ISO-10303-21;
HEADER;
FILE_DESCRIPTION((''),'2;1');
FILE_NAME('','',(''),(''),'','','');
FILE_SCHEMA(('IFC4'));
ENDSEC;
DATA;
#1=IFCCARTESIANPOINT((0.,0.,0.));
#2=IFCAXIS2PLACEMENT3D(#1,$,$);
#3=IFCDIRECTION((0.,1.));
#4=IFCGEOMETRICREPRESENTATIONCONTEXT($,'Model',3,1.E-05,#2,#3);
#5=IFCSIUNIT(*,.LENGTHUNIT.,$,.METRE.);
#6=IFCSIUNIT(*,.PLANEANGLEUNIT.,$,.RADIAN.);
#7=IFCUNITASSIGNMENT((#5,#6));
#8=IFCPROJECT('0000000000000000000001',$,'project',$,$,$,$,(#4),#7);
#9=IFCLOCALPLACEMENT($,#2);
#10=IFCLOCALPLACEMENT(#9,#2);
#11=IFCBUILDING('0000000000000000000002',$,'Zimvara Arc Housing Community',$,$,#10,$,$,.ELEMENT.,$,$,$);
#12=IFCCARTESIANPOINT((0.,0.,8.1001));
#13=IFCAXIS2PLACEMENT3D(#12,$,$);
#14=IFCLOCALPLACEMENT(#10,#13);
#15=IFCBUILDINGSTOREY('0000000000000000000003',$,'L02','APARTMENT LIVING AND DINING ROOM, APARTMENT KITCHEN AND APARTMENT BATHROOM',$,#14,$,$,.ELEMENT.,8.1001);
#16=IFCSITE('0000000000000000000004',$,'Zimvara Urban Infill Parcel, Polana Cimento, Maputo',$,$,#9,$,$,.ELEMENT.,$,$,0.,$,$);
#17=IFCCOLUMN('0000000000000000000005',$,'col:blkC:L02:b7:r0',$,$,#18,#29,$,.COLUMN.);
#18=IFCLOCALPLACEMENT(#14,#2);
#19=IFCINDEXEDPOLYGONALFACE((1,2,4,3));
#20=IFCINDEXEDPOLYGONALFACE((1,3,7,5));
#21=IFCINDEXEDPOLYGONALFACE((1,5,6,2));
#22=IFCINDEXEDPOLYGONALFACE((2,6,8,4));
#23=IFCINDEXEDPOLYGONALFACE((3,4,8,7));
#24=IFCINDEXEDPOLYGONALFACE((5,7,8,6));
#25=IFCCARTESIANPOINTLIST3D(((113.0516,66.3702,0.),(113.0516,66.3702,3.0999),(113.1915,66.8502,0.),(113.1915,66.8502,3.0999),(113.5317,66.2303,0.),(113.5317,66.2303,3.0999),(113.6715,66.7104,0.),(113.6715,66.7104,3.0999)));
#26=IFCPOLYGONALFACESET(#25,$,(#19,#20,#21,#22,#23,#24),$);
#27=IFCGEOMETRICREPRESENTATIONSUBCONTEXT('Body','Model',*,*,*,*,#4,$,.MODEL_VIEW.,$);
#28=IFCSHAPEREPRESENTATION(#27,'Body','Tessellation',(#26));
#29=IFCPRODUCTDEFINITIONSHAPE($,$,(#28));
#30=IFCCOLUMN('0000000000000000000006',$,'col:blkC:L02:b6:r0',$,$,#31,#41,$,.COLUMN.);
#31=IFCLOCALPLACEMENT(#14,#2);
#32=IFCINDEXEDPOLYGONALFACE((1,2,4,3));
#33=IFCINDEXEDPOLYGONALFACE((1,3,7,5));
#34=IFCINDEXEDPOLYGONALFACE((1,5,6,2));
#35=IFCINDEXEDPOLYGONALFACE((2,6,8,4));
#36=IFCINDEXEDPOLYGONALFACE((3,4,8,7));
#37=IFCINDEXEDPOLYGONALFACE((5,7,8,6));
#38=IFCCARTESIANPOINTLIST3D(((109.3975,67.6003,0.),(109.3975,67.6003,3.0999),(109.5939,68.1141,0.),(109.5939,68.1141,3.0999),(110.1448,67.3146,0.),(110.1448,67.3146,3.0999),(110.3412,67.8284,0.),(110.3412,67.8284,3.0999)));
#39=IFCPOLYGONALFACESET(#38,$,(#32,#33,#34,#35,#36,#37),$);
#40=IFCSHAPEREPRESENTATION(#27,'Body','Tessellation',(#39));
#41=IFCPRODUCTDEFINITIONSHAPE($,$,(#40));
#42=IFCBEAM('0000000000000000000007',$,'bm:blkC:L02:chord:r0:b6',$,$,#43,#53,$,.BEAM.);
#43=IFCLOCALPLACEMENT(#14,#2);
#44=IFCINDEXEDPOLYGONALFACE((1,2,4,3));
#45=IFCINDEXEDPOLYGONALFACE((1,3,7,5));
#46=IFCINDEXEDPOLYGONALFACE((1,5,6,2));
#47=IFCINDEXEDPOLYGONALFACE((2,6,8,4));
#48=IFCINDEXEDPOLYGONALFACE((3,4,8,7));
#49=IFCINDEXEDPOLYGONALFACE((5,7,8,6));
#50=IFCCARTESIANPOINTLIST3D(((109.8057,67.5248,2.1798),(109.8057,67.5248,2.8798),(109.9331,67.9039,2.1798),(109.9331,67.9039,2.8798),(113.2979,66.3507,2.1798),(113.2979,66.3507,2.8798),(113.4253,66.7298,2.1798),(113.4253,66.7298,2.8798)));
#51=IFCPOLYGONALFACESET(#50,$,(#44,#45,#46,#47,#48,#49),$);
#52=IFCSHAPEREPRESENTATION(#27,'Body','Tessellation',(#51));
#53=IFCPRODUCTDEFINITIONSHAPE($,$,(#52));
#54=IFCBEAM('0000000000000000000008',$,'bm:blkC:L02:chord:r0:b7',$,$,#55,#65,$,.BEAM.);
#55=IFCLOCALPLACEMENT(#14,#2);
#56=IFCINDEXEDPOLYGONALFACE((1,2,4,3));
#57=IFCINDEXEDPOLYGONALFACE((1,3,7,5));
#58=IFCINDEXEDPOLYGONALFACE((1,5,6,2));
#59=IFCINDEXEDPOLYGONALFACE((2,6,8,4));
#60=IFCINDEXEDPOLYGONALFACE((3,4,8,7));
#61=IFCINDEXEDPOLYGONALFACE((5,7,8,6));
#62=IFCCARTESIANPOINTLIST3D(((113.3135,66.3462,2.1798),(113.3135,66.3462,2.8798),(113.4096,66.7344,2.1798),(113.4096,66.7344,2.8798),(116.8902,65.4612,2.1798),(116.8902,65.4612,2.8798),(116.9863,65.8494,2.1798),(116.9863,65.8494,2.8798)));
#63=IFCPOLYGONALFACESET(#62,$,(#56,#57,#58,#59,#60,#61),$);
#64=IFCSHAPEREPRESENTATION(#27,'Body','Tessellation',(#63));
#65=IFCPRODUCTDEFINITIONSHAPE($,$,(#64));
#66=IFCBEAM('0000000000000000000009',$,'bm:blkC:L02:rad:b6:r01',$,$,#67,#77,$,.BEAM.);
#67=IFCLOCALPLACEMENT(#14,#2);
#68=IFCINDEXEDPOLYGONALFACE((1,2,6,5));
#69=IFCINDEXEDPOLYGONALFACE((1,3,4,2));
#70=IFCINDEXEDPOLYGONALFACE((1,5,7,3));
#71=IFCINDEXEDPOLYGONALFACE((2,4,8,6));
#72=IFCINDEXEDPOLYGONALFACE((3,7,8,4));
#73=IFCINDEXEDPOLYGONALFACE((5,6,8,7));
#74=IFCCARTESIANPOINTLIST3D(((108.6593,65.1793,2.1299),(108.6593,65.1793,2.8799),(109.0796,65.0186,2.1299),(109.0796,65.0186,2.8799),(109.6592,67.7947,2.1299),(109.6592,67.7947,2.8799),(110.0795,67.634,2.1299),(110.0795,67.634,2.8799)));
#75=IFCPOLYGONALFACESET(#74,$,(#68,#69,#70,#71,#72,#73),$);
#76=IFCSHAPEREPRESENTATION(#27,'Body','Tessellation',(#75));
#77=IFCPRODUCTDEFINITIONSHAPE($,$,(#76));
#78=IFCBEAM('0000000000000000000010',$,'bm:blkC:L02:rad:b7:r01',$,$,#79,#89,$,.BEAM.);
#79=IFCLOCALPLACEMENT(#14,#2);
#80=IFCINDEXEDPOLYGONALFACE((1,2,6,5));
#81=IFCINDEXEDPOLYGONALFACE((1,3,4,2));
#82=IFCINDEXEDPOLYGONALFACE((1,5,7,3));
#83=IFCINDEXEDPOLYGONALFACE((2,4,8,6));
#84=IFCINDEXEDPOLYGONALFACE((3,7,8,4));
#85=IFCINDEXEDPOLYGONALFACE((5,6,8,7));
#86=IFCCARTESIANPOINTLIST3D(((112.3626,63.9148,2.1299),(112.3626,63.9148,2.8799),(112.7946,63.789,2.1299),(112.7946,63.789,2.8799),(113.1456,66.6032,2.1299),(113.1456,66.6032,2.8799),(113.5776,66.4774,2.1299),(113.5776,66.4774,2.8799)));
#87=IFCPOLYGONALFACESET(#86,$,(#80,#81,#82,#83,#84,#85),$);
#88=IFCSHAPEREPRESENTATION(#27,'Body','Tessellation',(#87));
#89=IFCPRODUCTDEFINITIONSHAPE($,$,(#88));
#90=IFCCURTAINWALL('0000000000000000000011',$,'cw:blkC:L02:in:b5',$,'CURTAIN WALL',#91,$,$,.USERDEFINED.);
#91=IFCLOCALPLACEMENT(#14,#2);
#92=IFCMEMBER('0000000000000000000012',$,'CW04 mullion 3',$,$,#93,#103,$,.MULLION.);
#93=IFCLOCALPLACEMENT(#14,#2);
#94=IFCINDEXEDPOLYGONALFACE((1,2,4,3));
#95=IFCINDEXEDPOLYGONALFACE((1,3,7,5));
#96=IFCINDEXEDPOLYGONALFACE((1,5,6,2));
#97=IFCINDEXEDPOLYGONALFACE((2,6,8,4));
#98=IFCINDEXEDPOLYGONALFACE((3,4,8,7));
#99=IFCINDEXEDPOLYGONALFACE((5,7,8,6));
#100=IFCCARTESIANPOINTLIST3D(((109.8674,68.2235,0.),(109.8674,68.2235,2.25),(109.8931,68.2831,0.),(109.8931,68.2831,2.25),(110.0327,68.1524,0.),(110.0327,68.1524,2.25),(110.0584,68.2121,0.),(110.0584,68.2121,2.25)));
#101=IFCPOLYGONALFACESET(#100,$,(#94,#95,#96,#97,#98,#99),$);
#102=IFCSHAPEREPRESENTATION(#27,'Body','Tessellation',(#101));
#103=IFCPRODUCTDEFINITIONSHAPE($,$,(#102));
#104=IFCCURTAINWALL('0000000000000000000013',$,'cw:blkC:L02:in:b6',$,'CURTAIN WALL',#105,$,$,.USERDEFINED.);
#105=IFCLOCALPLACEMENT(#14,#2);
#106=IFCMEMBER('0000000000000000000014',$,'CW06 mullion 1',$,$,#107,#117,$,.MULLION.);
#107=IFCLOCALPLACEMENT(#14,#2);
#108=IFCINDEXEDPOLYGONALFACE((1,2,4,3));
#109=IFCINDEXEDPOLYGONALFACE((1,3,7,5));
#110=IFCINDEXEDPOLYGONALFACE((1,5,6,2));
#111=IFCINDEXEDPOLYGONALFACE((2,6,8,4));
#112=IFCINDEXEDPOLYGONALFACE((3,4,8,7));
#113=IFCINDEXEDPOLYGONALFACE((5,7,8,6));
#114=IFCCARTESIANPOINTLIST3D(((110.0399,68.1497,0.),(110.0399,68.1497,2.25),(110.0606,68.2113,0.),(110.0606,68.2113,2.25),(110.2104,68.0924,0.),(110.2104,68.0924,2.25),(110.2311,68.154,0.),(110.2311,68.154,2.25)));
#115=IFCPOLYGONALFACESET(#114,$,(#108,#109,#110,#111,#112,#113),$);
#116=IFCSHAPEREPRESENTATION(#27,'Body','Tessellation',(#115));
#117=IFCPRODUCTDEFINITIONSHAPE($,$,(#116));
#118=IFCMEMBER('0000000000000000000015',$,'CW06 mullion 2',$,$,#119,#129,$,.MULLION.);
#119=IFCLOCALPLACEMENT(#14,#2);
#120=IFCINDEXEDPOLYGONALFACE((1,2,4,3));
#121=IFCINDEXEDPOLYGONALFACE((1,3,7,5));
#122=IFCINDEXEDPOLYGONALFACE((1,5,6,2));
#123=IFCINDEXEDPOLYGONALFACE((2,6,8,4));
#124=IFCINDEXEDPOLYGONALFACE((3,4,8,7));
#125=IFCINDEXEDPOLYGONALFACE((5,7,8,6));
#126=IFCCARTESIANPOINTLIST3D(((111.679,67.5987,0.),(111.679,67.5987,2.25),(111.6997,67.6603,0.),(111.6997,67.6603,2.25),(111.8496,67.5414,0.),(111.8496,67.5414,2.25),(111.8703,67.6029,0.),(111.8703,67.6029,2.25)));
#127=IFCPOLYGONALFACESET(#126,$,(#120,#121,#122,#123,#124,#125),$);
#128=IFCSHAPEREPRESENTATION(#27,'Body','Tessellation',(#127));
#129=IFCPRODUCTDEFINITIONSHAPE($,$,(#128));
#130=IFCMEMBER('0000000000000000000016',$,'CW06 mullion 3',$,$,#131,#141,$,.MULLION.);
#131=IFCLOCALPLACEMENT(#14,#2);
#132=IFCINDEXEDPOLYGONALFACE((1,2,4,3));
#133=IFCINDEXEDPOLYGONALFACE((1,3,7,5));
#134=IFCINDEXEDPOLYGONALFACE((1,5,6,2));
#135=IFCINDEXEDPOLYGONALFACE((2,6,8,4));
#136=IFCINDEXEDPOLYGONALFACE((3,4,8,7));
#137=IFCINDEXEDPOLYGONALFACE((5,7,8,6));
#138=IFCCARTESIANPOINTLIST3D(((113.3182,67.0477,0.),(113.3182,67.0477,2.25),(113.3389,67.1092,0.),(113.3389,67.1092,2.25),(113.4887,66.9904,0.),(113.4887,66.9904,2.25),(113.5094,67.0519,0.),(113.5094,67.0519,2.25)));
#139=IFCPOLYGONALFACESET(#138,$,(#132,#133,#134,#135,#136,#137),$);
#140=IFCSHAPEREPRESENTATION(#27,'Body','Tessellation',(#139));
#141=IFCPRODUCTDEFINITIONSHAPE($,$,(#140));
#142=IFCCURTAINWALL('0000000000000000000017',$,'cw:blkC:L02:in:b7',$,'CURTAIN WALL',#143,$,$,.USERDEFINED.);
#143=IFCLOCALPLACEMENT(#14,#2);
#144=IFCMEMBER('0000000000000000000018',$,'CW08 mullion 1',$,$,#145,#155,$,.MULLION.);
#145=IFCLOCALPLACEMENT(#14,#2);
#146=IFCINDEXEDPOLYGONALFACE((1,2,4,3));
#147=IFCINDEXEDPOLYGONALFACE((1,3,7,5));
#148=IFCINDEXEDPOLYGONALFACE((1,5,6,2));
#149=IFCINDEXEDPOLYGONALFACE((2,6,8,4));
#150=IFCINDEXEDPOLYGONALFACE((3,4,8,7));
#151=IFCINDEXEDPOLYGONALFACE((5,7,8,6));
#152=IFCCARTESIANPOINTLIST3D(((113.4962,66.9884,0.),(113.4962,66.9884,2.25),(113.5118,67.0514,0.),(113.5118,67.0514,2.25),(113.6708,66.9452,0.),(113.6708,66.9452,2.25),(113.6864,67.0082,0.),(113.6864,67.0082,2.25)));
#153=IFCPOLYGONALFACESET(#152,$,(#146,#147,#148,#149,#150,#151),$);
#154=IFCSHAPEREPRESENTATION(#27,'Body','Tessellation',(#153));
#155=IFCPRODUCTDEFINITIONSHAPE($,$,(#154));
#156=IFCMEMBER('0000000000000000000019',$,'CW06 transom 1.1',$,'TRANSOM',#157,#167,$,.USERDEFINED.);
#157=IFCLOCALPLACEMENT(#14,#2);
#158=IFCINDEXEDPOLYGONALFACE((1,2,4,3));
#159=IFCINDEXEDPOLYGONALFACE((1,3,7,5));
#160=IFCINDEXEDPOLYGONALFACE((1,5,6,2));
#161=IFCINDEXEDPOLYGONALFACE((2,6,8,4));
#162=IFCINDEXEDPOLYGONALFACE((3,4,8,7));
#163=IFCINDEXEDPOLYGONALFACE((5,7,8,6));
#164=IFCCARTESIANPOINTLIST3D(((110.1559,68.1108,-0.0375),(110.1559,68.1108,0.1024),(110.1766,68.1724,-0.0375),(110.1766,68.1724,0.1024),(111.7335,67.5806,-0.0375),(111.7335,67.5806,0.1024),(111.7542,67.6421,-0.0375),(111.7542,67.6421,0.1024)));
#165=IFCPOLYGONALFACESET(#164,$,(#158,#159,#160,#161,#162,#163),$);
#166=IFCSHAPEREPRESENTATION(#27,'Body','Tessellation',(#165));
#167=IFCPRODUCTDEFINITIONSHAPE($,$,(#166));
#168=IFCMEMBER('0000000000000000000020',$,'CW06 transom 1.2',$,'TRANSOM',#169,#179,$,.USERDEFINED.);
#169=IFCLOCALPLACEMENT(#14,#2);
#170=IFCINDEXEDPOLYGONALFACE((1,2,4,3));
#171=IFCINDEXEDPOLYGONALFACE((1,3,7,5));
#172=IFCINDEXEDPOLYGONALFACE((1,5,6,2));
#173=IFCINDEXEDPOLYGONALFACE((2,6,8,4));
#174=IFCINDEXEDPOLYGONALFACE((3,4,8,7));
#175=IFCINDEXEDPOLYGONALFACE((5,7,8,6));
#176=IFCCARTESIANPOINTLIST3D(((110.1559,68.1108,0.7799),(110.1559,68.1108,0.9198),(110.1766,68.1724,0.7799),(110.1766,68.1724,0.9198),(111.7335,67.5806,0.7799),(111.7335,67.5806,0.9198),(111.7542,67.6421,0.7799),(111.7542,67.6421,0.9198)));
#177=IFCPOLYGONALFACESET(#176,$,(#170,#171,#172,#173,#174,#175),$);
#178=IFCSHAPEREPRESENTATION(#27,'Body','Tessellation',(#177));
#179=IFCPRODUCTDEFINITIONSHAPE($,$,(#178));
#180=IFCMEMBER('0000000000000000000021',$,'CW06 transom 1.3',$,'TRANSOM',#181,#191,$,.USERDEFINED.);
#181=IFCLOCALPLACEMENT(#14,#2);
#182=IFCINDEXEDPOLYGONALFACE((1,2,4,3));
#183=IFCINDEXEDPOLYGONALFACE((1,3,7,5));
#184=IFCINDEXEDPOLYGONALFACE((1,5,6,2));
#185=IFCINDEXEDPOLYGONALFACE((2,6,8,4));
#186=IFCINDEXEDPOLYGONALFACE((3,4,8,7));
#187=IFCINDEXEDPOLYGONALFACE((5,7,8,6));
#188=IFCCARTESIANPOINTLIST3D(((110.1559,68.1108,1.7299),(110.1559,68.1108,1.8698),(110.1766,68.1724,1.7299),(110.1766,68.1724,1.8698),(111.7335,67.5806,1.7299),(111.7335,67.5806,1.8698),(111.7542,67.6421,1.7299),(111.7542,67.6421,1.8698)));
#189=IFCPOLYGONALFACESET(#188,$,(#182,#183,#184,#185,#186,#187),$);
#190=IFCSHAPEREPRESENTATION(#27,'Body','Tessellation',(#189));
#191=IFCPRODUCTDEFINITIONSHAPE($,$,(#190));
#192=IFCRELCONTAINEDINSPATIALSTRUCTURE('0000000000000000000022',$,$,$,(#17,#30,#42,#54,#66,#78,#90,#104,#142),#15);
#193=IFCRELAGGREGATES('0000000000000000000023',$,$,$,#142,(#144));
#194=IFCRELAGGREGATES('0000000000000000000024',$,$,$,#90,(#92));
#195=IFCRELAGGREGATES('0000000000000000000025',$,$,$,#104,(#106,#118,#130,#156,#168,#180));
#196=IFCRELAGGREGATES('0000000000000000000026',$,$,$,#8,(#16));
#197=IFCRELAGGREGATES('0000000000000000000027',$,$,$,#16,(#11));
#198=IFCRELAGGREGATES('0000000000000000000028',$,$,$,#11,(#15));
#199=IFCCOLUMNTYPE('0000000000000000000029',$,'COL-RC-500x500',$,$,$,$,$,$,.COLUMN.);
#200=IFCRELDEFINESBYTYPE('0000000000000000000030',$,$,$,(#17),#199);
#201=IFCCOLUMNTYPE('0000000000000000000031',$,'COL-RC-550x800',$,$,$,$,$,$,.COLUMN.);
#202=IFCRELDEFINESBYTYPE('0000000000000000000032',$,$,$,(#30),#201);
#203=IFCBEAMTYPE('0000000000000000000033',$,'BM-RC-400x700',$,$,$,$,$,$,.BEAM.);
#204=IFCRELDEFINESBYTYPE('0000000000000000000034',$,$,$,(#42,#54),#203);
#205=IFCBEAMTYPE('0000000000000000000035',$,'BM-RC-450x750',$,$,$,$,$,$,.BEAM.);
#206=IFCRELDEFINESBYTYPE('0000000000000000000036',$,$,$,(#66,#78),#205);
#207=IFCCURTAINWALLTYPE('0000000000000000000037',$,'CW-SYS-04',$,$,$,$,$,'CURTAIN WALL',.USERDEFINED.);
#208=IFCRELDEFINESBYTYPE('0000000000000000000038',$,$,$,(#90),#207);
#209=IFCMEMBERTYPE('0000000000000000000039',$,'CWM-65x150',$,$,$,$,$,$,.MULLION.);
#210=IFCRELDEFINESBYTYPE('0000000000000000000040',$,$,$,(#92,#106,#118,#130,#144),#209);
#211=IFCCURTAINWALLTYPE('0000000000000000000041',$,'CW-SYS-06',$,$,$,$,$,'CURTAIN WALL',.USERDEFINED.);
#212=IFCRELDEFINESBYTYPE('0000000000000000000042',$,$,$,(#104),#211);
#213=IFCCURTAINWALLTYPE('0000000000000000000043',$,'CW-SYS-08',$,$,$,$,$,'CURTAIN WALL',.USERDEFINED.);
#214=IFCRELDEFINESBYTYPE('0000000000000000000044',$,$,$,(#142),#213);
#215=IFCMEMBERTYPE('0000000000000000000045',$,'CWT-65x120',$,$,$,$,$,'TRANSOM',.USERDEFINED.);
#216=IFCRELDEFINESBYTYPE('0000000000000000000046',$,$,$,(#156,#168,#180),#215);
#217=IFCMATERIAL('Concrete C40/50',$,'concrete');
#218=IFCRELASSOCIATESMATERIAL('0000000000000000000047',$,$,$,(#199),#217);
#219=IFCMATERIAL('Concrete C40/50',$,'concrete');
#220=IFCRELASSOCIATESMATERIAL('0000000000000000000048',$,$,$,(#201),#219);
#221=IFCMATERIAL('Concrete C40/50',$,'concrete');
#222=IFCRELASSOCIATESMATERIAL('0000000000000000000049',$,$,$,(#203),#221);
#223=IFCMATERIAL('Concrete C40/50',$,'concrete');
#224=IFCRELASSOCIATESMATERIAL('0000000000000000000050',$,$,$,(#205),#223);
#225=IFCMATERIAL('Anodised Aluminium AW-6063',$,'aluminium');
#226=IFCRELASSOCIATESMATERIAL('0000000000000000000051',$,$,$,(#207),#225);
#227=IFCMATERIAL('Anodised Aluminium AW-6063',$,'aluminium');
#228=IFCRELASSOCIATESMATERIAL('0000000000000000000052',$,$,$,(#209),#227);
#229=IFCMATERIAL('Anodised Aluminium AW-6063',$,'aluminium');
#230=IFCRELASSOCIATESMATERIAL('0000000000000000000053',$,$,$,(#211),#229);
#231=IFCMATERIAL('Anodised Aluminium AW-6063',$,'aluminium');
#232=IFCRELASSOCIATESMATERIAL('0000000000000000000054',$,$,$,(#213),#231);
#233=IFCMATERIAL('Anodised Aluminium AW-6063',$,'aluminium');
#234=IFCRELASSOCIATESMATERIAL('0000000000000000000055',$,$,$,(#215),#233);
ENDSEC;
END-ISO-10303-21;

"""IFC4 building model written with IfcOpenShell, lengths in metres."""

from ifc_helpers import new_model, si_unit, direction, frame, origin, origin_2d, place, context, subcontext, project, spatial, rectangle, extrude, material, material_profile, profile_set, type_object, element, aggregate, save


model = new_model("IFC4")

# Units and contexts
model_context = context("Model", 3, precision=1e-05, world=origin(), true_north=direction((0.0, 1.0)))
body_context = subcontext(model_context, "Body", "Model", "MODEL_VIEW")
ifc_project = project(units=[si_unit("LENGTHUNIT", "METRE"), si_unit("PLANEANGLEUNIT", "RADIAN")], contexts=[model_context])

# Site, building, storey
site_placement = place(None, origin())
site = spatial("IfcSite", under=ifc_project, at=site_placement, Name="Zimvara Urban Infill Parcel, Polana Cimento, Maputo", CompositionType="ELEMENT", RefElevation=0.0)
building_placement = place(site_placement, origin())
building = spatial("IfcBuilding", under=site, at=building_placement, Name="Zimvara Arc Housing Community", CompositionType="ELEMENT")
storey_placement = place(building_placement, frame((0.0, 0.0, 8.1001)))
storey = spatial("IfcBuildingStorey", under=building, at=storey_placement, Name="L02", Description="APARTMENT LIVING AND DINING ROOM, APARTMENT KITCHEN AND APARTMENT BATHROOM", CompositionType="ELEMENT", Elevation=8.1001)

# Columns
ifc_material_1 = material(Name="Concrete C40/50", Category="concrete")
ifc_material_profile_1 = material_profile(ifc_material_1, rectangle(XDim=0.5, YDim=0.5, at=origin_2d()), Name="RC 500x500")
ifc_profile_set_1 = profile_set([ifc_material_profile_1], Name="Concrete C40/50")
column_type_1 = type_object("IfcColumnType", Name="COL-RC-500x500", PredefinedType="COLUMN", material=ifc_profile_set_1)
column_1_placement = place(storey_placement, frame((113.3616, 66.5403, 0.0), z_axis=(0.0, 0.0, 1.0), x_axis=(-0.279661, -0.960099, 0.0)))
element("IfcColumn", 1, at=column_1_placement, inside=storey, type_object=column_type_1, Name="col:blkC:L02:b7:r0", PredefinedType="COLUMN", context=body_context, shape_type="SweptSolid", body=[
    extrude(rectangle(XDim=0.5, YDim=0.5, at=origin_2d()), origin(), (0.0, 0.0, 1.0), 3.0999),
])
ifc_material_2 = material(Name="Concrete C40/50", Category="concrete")
ifc_material_profile_2 = material_profile(ifc_material_2, rectangle(XDim=0.55, YDim=0.8, at=origin_2d()), Name="RC 550x800")
ifc_profile_set_2 = profile_set([ifc_material_profile_2], Name="Concrete C40/50")
column_type_2 = type_object("IfcColumnType", Name="COL-RC-550x800", PredefinedType="COLUMN", material=ifc_profile_set_2)
column_2_placement = place(storey_placement, frame((109.8694, 67.7144, 0.0), z_axis=(0.0, 0.0, 1.0), x_axis=(-0.357064, -0.93408, 0.0)))
element("IfcColumn", 2, at=column_2_placement, inside=storey, type_object=column_type_2, Name="col:blkC:L02:b6:r0", PredefinedType="COLUMN", context=body_context, shape_type="SweptSolid", body=[
    extrude(rectangle(XDim=0.55, YDim=0.8, at=origin_2d()), origin(), (0.0, 0.0, 1.0), 3.0999),
])

# Beams
ifc_material_3 = material(Name="Concrete C40/50", Category="concrete")
ifc_material_profile_3 = material_profile(ifc_material_3, rectangle(XDim=0.3999, YDim=0.7, at=origin_2d()), Name="RC 400x700")
ifc_profile_set_3 = profile_set([ifc_material_profile_3], Name="Concrete C40/50")
beam_type_1 = type_object("IfcBeamType", Name="BM-RC-400x700", PredefinedType="BEAM", material=ifc_profile_set_3)
beam_1_placement = place(storey_placement, frame((109.8694, 67.7144, 2.5298), z_axis=(0.947865, -0.318672, 0.0), x_axis=(0.318672, 0.947865, 0.0)))
element("IfcBeam", 3, at=beam_1_placement, inside=storey, type_object=beam_type_1, Name="bm:blkC:L02:chord:r0:b6", PredefinedType="BEAM", context=body_context, shape_type="SweptSolid", body=[
    extrude(rectangle(XDim=0.3999, YDim=0.7, at=origin_2d()), origin(), (0.0, 0.0, 1.0), 3.6843),
])
beam_2_placement = place(storey_placement, frame((113.3616, 66.5403, 2.5298), z_axis=(0.970724, -0.240196, 0.0), x_axis=(0.240196, 0.970724, 0.0)))
element("IfcBeam", 4, at=beam_2_placement, inside=storey, type_object=beam_type_1, Name="bm:blkC:L02:chord:r0:b7", PredefinedType="BEAM", context=body_context, shape_type="SweptSolid", body=[
    extrude(rectangle(XDim=0.3999, YDim=0.7, at=origin_2d()), origin(), (0.0, 0.0, 1.0), 3.6846),
])
ifc_material_4 = material(Name="Concrete C40/50", Category="concrete")
ifc_material_profile_4 = material_profile(ifc_material_4, rectangle(XDim=0.45, YDim=0.75, at=origin_2d()), Name="RC 450x750")
ifc_profile_set_4 = profile_set([ifc_material_profile_4], Name="Concrete C40/50")
beam_type_2 = type_object("IfcBeamType", Name="BM-RC-450x750", PredefinedType="BEAM", material=ifc_profile_set_4)
for number, where, z_axis, x_axis, name in (
    (5, (109.8694, 67.7144, 2.5049), (-0.357126, -0.934056, 0.0), (0.934056, -0.357126, 0.0), "bm:blkC:L02:rad:b6:r01"),
    (6, (113.3616, 66.5403, 2.5049), (-0.279635, -0.960106, 0.0), (0.960106, -0.279635, 0.0), "bm:blkC:L02:rad:b7:r01"),
):
    element("IfcBeam", number, at=place(storey_placement, frame(where, z_axis=z_axis, x_axis=x_axis)), inside=storey, type_object=beam_type_2, Name=name, PredefinedType="BEAM", context=body_context, shape_type="SweptSolid", body=[
        extrude(rectangle(XDim=0.45, YDim=0.75, at=origin_2d()), origin(), (0.0, 0.0, 1.0), 2.8),
    ])

# Curtain wall, member
ifc_material_5 = material(Name="Anodised Aluminium AW-6063", Category="aluminium")
curtain_wall_type_1 = type_object("IfcCurtainWallType", Name="CW-SYS-04", ElementType="CURTAIN WALL", PredefinedType="USERDEFINED", material=ifc_material_5)
curtain_wall_1_placement = place(storey_placement, origin())
curtain_wall_1 = element("IfcCurtainWall", 7, at=curtain_wall_1_placement, inside=storey, type_object=curtain_wall_type_1, Name="cw:blkC:L02:in:b5", ObjectType="CURTAIN WALL", PredefinedType="USERDEFINED")
ifc_material_6 = material(Name="Anodised Aluminium AW-6063", Category="aluminium")
ifc_material_profile_5 = material_profile(ifc_material_6, rectangle(XDim=0.0649, YDim=0.1799, at=origin_2d()), Name="ALU 65x180")
ifc_profile_set_5 = profile_set([ifc_material_profile_5], Name="Anodised Aluminium AW-6063")
member_type_1 = type_object("IfcMemberType", Name="CWM-65x150", PredefinedType="MULLION", material=ifc_profile_set_5)
member_1_placement = place(storey_placement, frame((109.9629, 68.2178, 0.0), z_axis=(0.0, 0.0, 1.0), x_axis=(0.394904, 0.918722, 0.0)))
member_1 = element("IfcMember", 8, at=member_1_placement, type_object=member_type_1, Name="CW04 mullion 3", PredefinedType="MULLION", context=body_context, shape_type="SweptSolid", body=[
    extrude(rectangle(XDim=0.0649, YDim=0.1799, at=origin_2d()), origin(), (0.0, 0.0, 1.0), 2.25),
])

# Curtain wall, members
ifc_material_7 = material(Name="Anodised Aluminium AW-6063", Category="aluminium")
curtain_wall_type_2 = type_object("IfcCurtainWallType", Name="CW-SYS-06", ElementType="CURTAIN WALL", PredefinedType="USERDEFINED", material=ifc_material_7)
curtain_wall_2_placement = place(storey_placement, origin())
curtain_wall_2 = element("IfcCurtainWall", 9, at=curtain_wall_2_placement, inside=storey, type_object=curtain_wall_type_2, Name="cw:blkC:L02:in:b6", ObjectType="CURTAIN WALL", PredefinedType="USERDEFINED")
member_2_placement = place(storey_placement, frame((110.1355, 68.1519, 0.0), z_axis=(0.0, 0.0, 1.0), x_axis=(0.31863, 0.947879, 0.0)))
member_2 = element("IfcMember", 10, at=member_2_placement, type_object=member_type_1, Name="CW06 mullion 1", PredefinedType="MULLION", context=body_context, shape_type="SweptSolid", body=[
    extrude(rectangle(XDim=0.0649, YDim=0.1799, at=origin_2d()), origin(), (0.0, 0.0, 1.0), 2.25),
])
member_3_placement = place(storey_placement, frame((111.7747, 67.6008, 0.0), z_axis=(0.0, 0.0, 1.0), x_axis=(0.31863, 0.947879, 0.0)))
member_3 = element("IfcMember", 11, at=member_3_placement, type_object=member_type_1, Name="CW06 mullion 2", PredefinedType="MULLION", context=body_context, shape_type="SweptSolid", body=[
    extrude(rectangle(XDim=0.0649, YDim=0.1799, at=origin_2d()), origin(), (0.0, 0.0, 1.0), 2.25),
])
member_4_placement = place(storey_placement, frame((113.4138, 67.0498, 0.0), z_axis=(0.0, 0.0, 1.0), x_axis=(0.31863, 0.947879, 0.0)))
member_4 = element("IfcMember", 12, at=member_4_placement, type_object=member_type_1, Name="CW06 mullion 3", PredefinedType="MULLION", context=body_context, shape_type="SweptSolid", body=[
    extrude(rectangle(XDim=0.0649, YDim=0.1799, at=origin_2d()), origin(), (0.0, 0.0, 1.0), 2.25),
])

# Curtain wall, member
ifc_material_8 = material(Name="Anodised Aluminium AW-6063", Category="aluminium")
curtain_wall_type_3 = type_object("IfcCurtainWallType", Name="CW-SYS-08", ElementType="CURTAIN WALL", PredefinedType="USERDEFINED", material=ifc_material_8)
curtain_wall_3_placement = place(storey_placement, origin())
curtain_wall_3 = element("IfcCurtainWall", 13, at=curtain_wall_3_placement, inside=storey, type_object=curtain_wall_type_3, Name="cw:blkC:L02:in:b7", ObjectType="CURTAIN WALL", PredefinedType="USERDEFINED")
member_5_placement = place(storey_placement, frame((113.5913, 66.9983, 0.0), z_axis=(0.0, 0.0, 1.0), x_axis=(0.240228, 0.970717, 0.0)))
member_5 = element("IfcMember", 14, at=member_5_placement, type_object=member_type_1, Name="CW08 mullion 1", PredefinedType="MULLION", context=body_context, shape_type="SweptSolid", body=[
    extrude(rectangle(XDim=0.0649, YDim=0.1799, at=origin_2d()), origin(), (0.0, 0.0, 1.0), 2.25),
])

# Members
ifc_material_9 = material(Name="Anodised Aluminium AW-6063", Category="aluminium")
ifc_material_profile_6 = material_profile(ifc_material_9, rectangle(XDim=0.0649, YDim=0.1399, at=origin_2d()), Name="ALU 65x140")
ifc_profile_set_6 = profile_set([ifc_material_profile_6], Name="Anodised Aluminium AW-6063")
member_type_2 = type_object("IfcMemberType", Name="CWT-65x120", ElementType="TRANSOM", PredefinedType="USERDEFINED", material=ifc_profile_set_6)
member_6_placement = place(storey_placement, frame((110.1663, 68.1416, 0.0325), z_axis=(0.947888, -0.318603, 0.0), x_axis=(0.318603, 0.947888, 0.0)))
member_6 = element("IfcMember", 15, at=member_6_placement, type_object=member_type_2, Name="CW06 transom 1.1", ObjectType="TRANSOM", PredefinedType="USERDEFINED", context=body_context, shape_type="SweptSolid", body=[
    extrude(rectangle(XDim=0.0649, YDim=0.1399, at=origin_2d()), origin(), (0.0, 0.0, 1.0), 1.6643),
])
member_7_placement = place(storey_placement, frame((110.1663, 68.1416, 0.8499), z_axis=(0.947888, -0.318603, 0.0), x_axis=(0.318603, 0.947888, 0.0)))
member_7 = element("IfcMember", 16, at=member_7_placement, type_object=member_type_2, Name="CW06 transom 1.2", ObjectType="TRANSOM", PredefinedType="USERDEFINED", context=body_context, shape_type="SweptSolid", body=[
    extrude(rectangle(XDim=0.0649, YDim=0.1399, at=origin_2d()), origin(), (0.0, 0.0, 1.0), 1.6643),
])
member_8_placement = place(storey_placement, frame((110.1663, 68.1416, 1.7998), z_axis=(0.947888, -0.318603, 0.0), x_axis=(0.318603, 0.947888, 0.0)))
member_8 = element("IfcMember", 17, at=member_8_placement, type_object=member_type_2, Name="CW06 transom 1.3", ObjectType="TRANSOM", PredefinedType="USERDEFINED", context=body_context, shape_type="SweptSolid", body=[
    extrude(rectangle(XDim=0.0649, YDim=0.1399, at=origin_2d()), origin(), (0.0, 0.0, 1.0), 1.6643),
])
aggregate(curtain_wall_3, [member_5])

aggregate(curtain_wall_1, [member_1])
aggregate(curtain_wall_2, [member_2, member_3, member_4, member_6, member_7, member_8])

save(model, "model.ifc")
